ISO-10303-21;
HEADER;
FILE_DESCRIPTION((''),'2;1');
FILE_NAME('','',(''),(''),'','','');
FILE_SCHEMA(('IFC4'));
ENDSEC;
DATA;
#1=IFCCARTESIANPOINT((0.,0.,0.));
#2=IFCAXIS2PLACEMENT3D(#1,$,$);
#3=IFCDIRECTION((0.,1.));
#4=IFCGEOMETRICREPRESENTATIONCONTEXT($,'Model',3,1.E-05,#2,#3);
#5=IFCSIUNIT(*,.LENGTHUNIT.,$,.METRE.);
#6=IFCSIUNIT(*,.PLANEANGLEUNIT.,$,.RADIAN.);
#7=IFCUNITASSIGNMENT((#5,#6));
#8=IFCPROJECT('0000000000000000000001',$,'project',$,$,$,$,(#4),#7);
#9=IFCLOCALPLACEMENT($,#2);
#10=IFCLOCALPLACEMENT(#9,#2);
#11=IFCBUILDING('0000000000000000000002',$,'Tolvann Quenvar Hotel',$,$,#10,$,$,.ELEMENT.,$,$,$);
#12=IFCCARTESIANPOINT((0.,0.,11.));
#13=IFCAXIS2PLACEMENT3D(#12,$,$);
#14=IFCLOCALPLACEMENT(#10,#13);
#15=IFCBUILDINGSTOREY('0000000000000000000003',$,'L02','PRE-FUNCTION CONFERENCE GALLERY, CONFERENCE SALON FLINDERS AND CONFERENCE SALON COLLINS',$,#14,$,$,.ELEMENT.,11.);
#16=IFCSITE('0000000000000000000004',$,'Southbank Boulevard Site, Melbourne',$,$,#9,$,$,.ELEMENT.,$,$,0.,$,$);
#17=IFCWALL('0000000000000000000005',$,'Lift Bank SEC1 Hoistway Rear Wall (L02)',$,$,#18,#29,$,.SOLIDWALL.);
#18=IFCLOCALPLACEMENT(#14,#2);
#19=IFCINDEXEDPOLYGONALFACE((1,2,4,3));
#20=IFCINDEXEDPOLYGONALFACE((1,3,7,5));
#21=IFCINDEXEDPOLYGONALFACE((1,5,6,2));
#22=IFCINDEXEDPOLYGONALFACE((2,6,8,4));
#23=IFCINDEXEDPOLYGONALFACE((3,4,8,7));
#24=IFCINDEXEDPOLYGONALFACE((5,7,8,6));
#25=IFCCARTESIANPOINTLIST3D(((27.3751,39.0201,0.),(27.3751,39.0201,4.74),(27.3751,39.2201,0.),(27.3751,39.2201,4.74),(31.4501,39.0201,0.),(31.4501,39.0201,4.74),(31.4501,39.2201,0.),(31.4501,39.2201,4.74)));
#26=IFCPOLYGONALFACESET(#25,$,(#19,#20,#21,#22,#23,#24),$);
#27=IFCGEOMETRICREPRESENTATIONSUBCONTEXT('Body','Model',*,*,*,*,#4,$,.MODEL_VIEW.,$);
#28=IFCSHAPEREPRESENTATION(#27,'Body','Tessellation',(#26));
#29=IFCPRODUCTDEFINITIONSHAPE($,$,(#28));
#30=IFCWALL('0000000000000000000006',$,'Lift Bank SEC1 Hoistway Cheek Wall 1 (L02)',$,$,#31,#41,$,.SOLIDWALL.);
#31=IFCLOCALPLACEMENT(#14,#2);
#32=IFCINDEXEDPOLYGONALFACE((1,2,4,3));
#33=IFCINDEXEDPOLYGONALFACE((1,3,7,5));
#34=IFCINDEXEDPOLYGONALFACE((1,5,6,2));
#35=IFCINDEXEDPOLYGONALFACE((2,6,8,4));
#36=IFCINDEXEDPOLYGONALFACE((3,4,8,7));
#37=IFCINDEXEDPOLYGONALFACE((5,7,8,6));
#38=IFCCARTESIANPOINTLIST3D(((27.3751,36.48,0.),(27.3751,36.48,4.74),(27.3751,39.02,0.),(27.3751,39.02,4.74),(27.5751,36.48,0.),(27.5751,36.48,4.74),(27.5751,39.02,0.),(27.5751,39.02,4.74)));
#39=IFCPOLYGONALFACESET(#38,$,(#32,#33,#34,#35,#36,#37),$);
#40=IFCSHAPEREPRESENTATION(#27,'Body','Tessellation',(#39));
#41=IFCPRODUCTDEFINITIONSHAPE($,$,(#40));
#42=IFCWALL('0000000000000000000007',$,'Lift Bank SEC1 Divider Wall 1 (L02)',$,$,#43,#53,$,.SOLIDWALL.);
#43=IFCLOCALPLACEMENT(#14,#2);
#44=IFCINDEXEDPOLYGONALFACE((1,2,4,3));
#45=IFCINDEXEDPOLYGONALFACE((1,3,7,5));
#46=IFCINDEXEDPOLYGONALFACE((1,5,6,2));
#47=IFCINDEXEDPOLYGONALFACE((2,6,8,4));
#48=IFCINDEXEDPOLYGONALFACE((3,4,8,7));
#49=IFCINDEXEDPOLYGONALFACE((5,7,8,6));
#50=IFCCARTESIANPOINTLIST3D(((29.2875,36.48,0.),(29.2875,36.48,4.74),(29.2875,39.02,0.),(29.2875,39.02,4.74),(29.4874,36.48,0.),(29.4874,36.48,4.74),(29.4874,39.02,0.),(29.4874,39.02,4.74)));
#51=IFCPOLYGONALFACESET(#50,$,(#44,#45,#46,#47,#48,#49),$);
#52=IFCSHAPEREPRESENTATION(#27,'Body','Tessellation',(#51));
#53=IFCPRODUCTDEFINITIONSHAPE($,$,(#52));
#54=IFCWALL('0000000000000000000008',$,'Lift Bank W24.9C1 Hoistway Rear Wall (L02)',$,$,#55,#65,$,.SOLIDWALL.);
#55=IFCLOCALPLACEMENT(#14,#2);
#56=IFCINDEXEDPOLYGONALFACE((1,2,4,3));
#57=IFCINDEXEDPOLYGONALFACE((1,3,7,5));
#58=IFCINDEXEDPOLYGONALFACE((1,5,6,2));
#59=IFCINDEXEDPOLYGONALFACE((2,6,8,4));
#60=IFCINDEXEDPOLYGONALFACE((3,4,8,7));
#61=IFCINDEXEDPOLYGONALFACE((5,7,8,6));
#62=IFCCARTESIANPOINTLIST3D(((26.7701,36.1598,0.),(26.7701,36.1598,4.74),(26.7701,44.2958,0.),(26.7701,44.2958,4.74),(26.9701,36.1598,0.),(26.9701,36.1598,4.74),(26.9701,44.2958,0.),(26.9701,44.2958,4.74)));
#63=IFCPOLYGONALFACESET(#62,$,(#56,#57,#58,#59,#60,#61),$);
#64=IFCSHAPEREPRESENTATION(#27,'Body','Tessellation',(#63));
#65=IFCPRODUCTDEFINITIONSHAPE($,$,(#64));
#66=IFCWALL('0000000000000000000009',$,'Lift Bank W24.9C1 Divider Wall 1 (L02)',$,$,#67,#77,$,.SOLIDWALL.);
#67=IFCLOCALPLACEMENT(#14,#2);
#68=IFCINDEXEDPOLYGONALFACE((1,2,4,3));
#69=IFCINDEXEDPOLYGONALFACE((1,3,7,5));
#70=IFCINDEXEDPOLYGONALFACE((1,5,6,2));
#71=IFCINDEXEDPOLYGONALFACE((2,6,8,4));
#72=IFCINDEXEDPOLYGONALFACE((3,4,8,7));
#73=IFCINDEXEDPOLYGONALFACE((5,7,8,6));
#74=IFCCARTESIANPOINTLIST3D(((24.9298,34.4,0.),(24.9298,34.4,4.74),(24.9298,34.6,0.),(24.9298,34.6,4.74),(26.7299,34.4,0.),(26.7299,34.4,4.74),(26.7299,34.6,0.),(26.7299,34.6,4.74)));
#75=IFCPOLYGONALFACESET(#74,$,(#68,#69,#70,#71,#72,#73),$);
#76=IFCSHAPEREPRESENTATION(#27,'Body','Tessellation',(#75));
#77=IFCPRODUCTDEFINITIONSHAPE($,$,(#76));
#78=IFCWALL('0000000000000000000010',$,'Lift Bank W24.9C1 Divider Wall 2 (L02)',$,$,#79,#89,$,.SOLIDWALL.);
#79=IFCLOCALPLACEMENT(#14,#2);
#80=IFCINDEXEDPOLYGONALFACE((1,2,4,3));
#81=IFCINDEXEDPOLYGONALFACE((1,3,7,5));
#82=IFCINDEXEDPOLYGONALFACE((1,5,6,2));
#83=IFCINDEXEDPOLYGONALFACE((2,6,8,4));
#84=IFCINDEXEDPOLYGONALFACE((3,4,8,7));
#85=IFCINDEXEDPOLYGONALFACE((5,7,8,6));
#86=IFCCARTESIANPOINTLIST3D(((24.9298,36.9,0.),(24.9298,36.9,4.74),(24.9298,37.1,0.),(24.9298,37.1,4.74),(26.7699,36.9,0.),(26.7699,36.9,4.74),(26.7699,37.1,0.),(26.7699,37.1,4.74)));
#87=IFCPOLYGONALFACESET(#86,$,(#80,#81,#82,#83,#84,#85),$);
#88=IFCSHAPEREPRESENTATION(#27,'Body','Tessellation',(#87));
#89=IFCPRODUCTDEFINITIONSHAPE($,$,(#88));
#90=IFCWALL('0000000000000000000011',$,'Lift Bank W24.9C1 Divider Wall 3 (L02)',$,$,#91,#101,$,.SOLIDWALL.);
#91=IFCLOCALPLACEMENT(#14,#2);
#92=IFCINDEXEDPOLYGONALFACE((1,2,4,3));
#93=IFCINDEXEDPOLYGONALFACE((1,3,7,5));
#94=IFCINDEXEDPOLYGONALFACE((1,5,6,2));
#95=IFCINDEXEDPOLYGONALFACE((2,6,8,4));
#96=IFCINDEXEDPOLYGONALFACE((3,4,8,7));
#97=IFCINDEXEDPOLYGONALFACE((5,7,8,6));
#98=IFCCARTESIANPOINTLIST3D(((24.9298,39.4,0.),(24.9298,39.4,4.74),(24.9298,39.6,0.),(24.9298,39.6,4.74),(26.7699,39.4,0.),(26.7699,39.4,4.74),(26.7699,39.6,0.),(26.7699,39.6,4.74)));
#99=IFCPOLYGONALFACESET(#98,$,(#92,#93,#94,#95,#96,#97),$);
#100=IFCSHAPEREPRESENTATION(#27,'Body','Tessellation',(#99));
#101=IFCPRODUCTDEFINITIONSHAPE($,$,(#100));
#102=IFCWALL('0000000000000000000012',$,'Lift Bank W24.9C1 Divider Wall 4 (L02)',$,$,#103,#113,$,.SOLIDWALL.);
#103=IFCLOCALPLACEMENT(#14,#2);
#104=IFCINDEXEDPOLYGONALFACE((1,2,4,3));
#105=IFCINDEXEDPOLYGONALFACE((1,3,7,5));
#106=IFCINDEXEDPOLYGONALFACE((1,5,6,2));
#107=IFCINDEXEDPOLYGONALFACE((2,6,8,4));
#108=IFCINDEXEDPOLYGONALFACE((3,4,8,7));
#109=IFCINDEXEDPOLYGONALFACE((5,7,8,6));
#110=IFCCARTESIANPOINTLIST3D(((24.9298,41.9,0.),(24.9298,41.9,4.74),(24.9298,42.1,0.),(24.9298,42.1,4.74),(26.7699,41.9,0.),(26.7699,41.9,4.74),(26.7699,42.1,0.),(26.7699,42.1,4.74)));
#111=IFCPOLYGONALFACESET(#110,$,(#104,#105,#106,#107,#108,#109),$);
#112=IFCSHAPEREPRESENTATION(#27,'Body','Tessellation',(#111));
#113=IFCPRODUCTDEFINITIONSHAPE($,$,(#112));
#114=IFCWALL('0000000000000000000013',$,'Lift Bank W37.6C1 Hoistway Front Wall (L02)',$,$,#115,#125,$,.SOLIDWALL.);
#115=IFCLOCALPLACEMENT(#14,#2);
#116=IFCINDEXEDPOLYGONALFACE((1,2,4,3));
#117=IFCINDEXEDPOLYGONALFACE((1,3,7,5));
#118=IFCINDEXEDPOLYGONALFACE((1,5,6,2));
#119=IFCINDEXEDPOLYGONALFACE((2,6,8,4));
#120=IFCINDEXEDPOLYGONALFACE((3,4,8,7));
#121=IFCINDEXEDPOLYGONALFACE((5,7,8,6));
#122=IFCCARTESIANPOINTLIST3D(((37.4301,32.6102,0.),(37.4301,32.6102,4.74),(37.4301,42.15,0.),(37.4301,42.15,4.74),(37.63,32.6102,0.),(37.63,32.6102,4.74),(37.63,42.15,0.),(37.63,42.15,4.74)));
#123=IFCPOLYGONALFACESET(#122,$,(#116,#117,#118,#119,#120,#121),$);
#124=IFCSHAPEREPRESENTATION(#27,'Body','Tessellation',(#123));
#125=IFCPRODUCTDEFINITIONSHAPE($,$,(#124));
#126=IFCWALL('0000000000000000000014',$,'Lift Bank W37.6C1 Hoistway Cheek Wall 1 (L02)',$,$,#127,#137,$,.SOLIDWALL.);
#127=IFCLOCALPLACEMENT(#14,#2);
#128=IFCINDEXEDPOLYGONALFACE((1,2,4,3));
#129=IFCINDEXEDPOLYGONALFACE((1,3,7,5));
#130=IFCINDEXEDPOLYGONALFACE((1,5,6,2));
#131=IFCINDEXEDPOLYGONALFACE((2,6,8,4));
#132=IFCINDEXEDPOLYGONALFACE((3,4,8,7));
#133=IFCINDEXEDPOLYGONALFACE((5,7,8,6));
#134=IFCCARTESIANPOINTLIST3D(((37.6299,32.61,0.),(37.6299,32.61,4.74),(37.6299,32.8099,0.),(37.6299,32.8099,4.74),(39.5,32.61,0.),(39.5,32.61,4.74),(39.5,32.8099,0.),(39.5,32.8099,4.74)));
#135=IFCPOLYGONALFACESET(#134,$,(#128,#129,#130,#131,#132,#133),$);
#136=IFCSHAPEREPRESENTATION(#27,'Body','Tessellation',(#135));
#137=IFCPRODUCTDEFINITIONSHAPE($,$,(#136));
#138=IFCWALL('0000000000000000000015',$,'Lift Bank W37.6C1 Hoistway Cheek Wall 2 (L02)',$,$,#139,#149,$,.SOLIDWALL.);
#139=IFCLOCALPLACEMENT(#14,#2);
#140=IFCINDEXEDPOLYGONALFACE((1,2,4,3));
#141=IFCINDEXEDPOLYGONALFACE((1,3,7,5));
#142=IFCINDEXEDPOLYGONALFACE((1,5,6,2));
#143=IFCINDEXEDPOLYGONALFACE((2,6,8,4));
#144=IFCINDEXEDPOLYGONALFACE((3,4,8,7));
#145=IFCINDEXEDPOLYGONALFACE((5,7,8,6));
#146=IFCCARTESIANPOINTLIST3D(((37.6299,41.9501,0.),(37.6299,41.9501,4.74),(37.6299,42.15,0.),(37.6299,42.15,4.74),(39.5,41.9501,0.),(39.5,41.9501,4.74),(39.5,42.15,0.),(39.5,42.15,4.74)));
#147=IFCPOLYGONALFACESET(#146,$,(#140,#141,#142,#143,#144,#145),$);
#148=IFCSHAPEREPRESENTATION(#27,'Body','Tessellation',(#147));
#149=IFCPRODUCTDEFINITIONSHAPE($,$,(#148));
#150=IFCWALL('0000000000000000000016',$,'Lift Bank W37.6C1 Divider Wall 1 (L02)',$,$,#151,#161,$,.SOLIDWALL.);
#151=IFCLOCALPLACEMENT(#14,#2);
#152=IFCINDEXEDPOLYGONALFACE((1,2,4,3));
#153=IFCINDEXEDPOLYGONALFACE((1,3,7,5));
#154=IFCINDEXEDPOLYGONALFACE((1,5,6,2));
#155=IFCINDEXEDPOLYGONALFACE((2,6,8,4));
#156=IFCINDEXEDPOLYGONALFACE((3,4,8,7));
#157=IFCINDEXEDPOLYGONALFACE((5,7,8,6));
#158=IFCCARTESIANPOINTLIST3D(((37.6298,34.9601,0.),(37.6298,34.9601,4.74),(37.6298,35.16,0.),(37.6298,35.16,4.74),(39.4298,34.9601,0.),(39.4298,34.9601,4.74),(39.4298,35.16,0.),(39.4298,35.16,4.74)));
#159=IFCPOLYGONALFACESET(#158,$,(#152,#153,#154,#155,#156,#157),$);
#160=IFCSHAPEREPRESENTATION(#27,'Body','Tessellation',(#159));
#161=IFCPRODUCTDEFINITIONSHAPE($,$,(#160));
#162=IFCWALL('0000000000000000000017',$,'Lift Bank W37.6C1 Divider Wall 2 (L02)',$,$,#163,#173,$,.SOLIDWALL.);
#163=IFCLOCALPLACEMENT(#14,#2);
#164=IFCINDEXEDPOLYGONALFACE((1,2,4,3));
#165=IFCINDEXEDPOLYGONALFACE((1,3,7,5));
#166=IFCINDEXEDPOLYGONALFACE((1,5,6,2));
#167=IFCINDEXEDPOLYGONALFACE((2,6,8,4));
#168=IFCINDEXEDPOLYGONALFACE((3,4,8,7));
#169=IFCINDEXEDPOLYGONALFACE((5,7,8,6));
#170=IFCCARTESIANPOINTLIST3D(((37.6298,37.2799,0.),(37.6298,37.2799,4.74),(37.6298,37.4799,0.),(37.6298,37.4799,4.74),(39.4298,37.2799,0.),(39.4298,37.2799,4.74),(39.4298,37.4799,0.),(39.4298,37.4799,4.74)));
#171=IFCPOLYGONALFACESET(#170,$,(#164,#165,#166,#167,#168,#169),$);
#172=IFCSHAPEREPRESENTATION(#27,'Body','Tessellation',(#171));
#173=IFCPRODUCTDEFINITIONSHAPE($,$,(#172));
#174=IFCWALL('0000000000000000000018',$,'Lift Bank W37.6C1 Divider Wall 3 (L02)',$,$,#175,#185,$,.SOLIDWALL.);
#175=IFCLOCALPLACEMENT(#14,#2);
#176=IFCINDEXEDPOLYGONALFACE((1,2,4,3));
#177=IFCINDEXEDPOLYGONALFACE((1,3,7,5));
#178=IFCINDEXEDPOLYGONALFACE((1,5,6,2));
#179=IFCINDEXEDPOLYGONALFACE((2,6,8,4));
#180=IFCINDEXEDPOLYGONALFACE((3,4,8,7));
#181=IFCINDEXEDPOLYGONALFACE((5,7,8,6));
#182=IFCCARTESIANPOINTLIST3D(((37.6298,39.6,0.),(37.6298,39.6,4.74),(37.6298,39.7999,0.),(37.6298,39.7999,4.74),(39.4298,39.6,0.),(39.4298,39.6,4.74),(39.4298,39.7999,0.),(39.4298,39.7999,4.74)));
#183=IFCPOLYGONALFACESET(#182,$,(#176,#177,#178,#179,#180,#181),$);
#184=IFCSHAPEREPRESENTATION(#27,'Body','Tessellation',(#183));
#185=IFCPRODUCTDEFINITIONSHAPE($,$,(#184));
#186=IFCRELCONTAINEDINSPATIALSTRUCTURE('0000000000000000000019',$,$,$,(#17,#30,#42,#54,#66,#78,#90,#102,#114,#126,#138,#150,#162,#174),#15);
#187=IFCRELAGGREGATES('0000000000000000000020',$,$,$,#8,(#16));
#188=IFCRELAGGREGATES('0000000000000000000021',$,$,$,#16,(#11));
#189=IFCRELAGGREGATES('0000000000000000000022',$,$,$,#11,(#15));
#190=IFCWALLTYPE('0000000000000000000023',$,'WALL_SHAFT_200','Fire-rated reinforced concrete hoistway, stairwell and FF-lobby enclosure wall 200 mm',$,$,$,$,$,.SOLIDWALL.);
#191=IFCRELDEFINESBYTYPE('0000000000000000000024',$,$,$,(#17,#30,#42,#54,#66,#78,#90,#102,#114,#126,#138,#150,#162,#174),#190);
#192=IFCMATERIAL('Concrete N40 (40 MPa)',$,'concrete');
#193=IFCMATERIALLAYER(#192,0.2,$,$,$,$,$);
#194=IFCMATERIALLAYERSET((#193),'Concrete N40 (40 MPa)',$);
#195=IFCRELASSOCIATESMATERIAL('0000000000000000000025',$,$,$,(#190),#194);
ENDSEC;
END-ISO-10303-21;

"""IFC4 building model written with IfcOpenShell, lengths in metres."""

from ifc_helpers import new_model, si_unit, direction, frame, frame_2d, origin, place, context, subcontext, project, spatial, rectangle, extrude, material, layer, layer_set, type_object, element, save


model = new_model("IFC4")

# Units and contexts
model_context = context("Model", 3, precision=1e-05, world=origin(), true_north=direction((0.0, 1.0)))
body_context = subcontext(model_context, "Body", "Model", "MODEL_VIEW")
ifc_project = project(units=[si_unit("LENGTHUNIT", "METRE"), si_unit("PLANEANGLEUNIT", "RADIAN")], contexts=[model_context])

# Site, building, storey
site_placement = place(None, origin())
site = spatial("IfcSite", under=ifc_project, at=site_placement, Name="Southbank Boulevard Site, Melbourne", CompositionType="ELEMENT", RefElevation=0.0)
building_placement = place(site_placement, origin())
building = spatial("IfcBuilding", under=site, at=building_placement, Name="Tolvann Quenvar Hotel", CompositionType="ELEMENT")
storey_placement = place(building_placement, frame((0.0, 0.0, 11.0)))
storey = spatial("IfcBuildingStorey", under=building, at=storey_placement, Name="L02", Description="PRE-FUNCTION CONFERENCE GALLERY, CONFERENCE SALON FLINDERS AND CONFERENCE SALON COLLINS", CompositionType="ELEMENT", Elevation=11.0)

# Shared definitions
ifc_material_1 = material(Name="Concrete N40 (40 MPa)", Category="concrete")
ifc_layer_1 = layer(ifc_material_1, 0.2)
ifc_layer_set_1 = layer_set([ifc_layer_1], Name="Concrete N40 (40 MPa)")
wall_type_1 = type_object("IfcWallType", Name="WALL_SHAFT_200", Description="Fire-rated reinforced concrete hoistway, stairwell and FF-lobby enclosure wall 200 mm", PredefinedType="SOLIDWALL", material=ifc_layer_set_1)

# Walls
wall_1_placement = place(storey_placement, frame((27.375, 39.1201, 0.0), z_axis=(0.0, 0.0, 1.0), x_axis=(1.0, 0.0, 0.0)))
element("IfcWall", 1, at=wall_1_placement, inside=storey, type_object=wall_type_1, Name="Lift Bank SEC1 Hoistway Rear Wall (L02)", PredefinedType="SOLIDWALL", context=body_context, shape_type="SweptSolid", body=[
    extrude(rectangle(XDim=4.075, YDim=0.2, at=frame_2d((2.0376, 0.0))), origin(), (0.0, 0.0, 1.0), 4.74),
])
for number, where, z_axis, x_axis, name in (
    (2, (27.4751, 36.48, 0.0), (0.0, 0.0, 1.0), (0.0, 1.0, 0.0), "Lift Bank SEC1 Hoistway Cheek Wall 1 (L02)"),
    (3, (29.3875, 36.48, 0.0), (0.0, 0.0, 1.0), (0.0, 1.0, 0.0), "Lift Bank SEC1 Divider Wall 1 (L02)"),
):
    element("IfcWall", number, at=place(storey_placement, frame(where, z_axis=z_axis, x_axis=x_axis)), inside=storey, type_object=wall_type_1, Name=name, PredefinedType="SOLIDWALL", context=body_context, shape_type="SweptSolid", body=[
        extrude(rectangle(XDim=2.54, YDim=0.2, at=frame_2d((1.27, 0.0))), origin(), (0.0, 0.0, 1.0), 4.74),
    ])
wall_2_placement = place(storey_placement, frame((26.8701, 36.1599, 0.0), z_axis=(0.0, 0.0, 1.0), x_axis=(0.0, 1.0, 0.0)))
element("IfcWall", 4, at=wall_2_placement, inside=storey, type_object=wall_type_1, Name="Lift Bank W24.9C1 Hoistway Rear Wall (L02)", PredefinedType="SOLIDWALL", context=body_context, shape_type="SweptSolid", body=[
    extrude(rectangle(XDim=8.136, YDim=0.2, at=frame_2d((4.0679, 0.0))), origin(), (0.0, 0.0, 1.0), 4.74),
])
wall_3_placement = place(storey_placement, frame((24.9299, 34.5, 0.0), z_axis=(0.0, 0.0, 1.0), x_axis=(1.0, 0.0, 0.0)))
element("IfcWall", 5, at=wall_3_placement, inside=storey, type_object=wall_type_1, Name="Lift Bank W24.9C1 Divider Wall 1 (L02)", PredefinedType="SOLIDWALL", context=body_context, shape_type="SweptSolid", body=[
    extrude(rectangle(XDim=1.8, YDim=0.2, at=frame_2d((0.8999, 0.0))), origin(), (0.0, 0.0, 1.0), 4.74),
])
for number, where, z_axis, x_axis, name in (
    (6, (24.9299, 37.0, 0.0), (0.0, 0.0, 1.0), (1.0, 0.0, 0.0), "Lift Bank W24.9C1 Divider Wall 2 (L02)"),
    (7, (24.9299, 39.5, 0.0), (0.0, 0.0, 1.0), (1.0, 0.0, 0.0), "Lift Bank W24.9C1 Divider Wall 3 (L02)"),
    (8, (24.9299, 42.0, 0.0), (0.0, 0.0, 1.0), (1.0, 0.0, 0.0), "Lift Bank W24.9C1 Divider Wall 4 (L02)"),
):
    element("IfcWall", number, at=place(storey_placement, frame(where, z_axis=z_axis, x_axis=x_axis)), inside=storey, type_object=wall_type_1, Name=name, PredefinedType="SOLIDWALL", context=body_context, shape_type="SweptSolid", body=[
        extrude(rectangle(XDim=1.8401, YDim=0.2, at=frame_2d((0.9199, 0.0))), origin(), (0.0, 0.0, 1.0), 4.74),
    ])
wall_4_placement = place(storey_placement, frame((37.53, 32.6101, 0.0), z_axis=(0.0, 0.0, 1.0), x_axis=(0.0, 1.0, 0.0)))
element("IfcWall", 9, at=wall_4_placement, inside=storey, type_object=wall_type_1, Name="Lift Bank W37.6C1 Hoistway Front Wall (L02)", PredefinedType="SOLIDWALL", context=body_context, shape_type="SweptSolid", body=[
    extrude(rectangle(XDim=9.5398, YDim=0.2, at=frame_2d((4.77, 0.0))), origin(), (0.0, 0.0, 1.0), 4.74),
])
for number, where, z_axis, x_axis, name in (
    (10, (37.6299, 32.71, 0.0), (0.0, 0.0, 1.0), (1.0, 0.0, 0.0), "Lift Bank W37.6C1 Hoistway Cheek Wall 1 (L02)"),
    (11, (37.6299, 42.05, 0.0), (0.0, 0.0, 1.0), (1.0, 0.0, 0.0), "Lift Bank W37.6C1 Hoistway Cheek Wall 2 (L02)"),
):
    element("IfcWall", number, at=place(storey_placement, frame(where, z_axis=z_axis, x_axis=x_axis)), inside=storey, type_object=wall_type_1, Name=name, PredefinedType="SOLIDWALL", context=body_context, shape_type="SweptSolid", body=[
        extrude(rectangle(XDim=1.8701, YDim=0.2, at=frame_2d((0.9351, 0.0))), origin(), (0.0, 0.0, 1.0), 4.74),
    ])
for number, where, z_axis, x_axis, name in (
    (12, (37.6299, 35.0601, 0.0), (0.0, 0.0, 1.0), (1.0, 0.0, 0.0), "Lift Bank W37.6C1 Divider Wall 1 (L02)"),
    (13, (37.6299, 37.3799, 0.0), (0.0, 0.0, 1.0), (1.0, 0.0, 0.0), "Lift Bank W37.6C1 Divider Wall 2 (L02)"),
    (14, (37.6299, 39.7, 0.0), (0.0, 0.0, 1.0), (1.0, 0.0, 0.0), "Lift Bank W37.6C1 Divider Wall 3 (L02)"),
):
    element("IfcWall", number, at=place(storey_placement, frame(where, z_axis=z_axis, x_axis=x_axis)), inside=storey, type_object=wall_type_1, Name=name, PredefinedType="SOLIDWALL", context=body_context, shape_type="SweptSolid", body=[
        extrude(rectangle(XDim=1.8, YDim=0.2, at=frame_2d((0.8999, 0.0))), origin(), (0.0, 0.0, 1.0), 4.74),
    ])

save(model, "model.ifc")
